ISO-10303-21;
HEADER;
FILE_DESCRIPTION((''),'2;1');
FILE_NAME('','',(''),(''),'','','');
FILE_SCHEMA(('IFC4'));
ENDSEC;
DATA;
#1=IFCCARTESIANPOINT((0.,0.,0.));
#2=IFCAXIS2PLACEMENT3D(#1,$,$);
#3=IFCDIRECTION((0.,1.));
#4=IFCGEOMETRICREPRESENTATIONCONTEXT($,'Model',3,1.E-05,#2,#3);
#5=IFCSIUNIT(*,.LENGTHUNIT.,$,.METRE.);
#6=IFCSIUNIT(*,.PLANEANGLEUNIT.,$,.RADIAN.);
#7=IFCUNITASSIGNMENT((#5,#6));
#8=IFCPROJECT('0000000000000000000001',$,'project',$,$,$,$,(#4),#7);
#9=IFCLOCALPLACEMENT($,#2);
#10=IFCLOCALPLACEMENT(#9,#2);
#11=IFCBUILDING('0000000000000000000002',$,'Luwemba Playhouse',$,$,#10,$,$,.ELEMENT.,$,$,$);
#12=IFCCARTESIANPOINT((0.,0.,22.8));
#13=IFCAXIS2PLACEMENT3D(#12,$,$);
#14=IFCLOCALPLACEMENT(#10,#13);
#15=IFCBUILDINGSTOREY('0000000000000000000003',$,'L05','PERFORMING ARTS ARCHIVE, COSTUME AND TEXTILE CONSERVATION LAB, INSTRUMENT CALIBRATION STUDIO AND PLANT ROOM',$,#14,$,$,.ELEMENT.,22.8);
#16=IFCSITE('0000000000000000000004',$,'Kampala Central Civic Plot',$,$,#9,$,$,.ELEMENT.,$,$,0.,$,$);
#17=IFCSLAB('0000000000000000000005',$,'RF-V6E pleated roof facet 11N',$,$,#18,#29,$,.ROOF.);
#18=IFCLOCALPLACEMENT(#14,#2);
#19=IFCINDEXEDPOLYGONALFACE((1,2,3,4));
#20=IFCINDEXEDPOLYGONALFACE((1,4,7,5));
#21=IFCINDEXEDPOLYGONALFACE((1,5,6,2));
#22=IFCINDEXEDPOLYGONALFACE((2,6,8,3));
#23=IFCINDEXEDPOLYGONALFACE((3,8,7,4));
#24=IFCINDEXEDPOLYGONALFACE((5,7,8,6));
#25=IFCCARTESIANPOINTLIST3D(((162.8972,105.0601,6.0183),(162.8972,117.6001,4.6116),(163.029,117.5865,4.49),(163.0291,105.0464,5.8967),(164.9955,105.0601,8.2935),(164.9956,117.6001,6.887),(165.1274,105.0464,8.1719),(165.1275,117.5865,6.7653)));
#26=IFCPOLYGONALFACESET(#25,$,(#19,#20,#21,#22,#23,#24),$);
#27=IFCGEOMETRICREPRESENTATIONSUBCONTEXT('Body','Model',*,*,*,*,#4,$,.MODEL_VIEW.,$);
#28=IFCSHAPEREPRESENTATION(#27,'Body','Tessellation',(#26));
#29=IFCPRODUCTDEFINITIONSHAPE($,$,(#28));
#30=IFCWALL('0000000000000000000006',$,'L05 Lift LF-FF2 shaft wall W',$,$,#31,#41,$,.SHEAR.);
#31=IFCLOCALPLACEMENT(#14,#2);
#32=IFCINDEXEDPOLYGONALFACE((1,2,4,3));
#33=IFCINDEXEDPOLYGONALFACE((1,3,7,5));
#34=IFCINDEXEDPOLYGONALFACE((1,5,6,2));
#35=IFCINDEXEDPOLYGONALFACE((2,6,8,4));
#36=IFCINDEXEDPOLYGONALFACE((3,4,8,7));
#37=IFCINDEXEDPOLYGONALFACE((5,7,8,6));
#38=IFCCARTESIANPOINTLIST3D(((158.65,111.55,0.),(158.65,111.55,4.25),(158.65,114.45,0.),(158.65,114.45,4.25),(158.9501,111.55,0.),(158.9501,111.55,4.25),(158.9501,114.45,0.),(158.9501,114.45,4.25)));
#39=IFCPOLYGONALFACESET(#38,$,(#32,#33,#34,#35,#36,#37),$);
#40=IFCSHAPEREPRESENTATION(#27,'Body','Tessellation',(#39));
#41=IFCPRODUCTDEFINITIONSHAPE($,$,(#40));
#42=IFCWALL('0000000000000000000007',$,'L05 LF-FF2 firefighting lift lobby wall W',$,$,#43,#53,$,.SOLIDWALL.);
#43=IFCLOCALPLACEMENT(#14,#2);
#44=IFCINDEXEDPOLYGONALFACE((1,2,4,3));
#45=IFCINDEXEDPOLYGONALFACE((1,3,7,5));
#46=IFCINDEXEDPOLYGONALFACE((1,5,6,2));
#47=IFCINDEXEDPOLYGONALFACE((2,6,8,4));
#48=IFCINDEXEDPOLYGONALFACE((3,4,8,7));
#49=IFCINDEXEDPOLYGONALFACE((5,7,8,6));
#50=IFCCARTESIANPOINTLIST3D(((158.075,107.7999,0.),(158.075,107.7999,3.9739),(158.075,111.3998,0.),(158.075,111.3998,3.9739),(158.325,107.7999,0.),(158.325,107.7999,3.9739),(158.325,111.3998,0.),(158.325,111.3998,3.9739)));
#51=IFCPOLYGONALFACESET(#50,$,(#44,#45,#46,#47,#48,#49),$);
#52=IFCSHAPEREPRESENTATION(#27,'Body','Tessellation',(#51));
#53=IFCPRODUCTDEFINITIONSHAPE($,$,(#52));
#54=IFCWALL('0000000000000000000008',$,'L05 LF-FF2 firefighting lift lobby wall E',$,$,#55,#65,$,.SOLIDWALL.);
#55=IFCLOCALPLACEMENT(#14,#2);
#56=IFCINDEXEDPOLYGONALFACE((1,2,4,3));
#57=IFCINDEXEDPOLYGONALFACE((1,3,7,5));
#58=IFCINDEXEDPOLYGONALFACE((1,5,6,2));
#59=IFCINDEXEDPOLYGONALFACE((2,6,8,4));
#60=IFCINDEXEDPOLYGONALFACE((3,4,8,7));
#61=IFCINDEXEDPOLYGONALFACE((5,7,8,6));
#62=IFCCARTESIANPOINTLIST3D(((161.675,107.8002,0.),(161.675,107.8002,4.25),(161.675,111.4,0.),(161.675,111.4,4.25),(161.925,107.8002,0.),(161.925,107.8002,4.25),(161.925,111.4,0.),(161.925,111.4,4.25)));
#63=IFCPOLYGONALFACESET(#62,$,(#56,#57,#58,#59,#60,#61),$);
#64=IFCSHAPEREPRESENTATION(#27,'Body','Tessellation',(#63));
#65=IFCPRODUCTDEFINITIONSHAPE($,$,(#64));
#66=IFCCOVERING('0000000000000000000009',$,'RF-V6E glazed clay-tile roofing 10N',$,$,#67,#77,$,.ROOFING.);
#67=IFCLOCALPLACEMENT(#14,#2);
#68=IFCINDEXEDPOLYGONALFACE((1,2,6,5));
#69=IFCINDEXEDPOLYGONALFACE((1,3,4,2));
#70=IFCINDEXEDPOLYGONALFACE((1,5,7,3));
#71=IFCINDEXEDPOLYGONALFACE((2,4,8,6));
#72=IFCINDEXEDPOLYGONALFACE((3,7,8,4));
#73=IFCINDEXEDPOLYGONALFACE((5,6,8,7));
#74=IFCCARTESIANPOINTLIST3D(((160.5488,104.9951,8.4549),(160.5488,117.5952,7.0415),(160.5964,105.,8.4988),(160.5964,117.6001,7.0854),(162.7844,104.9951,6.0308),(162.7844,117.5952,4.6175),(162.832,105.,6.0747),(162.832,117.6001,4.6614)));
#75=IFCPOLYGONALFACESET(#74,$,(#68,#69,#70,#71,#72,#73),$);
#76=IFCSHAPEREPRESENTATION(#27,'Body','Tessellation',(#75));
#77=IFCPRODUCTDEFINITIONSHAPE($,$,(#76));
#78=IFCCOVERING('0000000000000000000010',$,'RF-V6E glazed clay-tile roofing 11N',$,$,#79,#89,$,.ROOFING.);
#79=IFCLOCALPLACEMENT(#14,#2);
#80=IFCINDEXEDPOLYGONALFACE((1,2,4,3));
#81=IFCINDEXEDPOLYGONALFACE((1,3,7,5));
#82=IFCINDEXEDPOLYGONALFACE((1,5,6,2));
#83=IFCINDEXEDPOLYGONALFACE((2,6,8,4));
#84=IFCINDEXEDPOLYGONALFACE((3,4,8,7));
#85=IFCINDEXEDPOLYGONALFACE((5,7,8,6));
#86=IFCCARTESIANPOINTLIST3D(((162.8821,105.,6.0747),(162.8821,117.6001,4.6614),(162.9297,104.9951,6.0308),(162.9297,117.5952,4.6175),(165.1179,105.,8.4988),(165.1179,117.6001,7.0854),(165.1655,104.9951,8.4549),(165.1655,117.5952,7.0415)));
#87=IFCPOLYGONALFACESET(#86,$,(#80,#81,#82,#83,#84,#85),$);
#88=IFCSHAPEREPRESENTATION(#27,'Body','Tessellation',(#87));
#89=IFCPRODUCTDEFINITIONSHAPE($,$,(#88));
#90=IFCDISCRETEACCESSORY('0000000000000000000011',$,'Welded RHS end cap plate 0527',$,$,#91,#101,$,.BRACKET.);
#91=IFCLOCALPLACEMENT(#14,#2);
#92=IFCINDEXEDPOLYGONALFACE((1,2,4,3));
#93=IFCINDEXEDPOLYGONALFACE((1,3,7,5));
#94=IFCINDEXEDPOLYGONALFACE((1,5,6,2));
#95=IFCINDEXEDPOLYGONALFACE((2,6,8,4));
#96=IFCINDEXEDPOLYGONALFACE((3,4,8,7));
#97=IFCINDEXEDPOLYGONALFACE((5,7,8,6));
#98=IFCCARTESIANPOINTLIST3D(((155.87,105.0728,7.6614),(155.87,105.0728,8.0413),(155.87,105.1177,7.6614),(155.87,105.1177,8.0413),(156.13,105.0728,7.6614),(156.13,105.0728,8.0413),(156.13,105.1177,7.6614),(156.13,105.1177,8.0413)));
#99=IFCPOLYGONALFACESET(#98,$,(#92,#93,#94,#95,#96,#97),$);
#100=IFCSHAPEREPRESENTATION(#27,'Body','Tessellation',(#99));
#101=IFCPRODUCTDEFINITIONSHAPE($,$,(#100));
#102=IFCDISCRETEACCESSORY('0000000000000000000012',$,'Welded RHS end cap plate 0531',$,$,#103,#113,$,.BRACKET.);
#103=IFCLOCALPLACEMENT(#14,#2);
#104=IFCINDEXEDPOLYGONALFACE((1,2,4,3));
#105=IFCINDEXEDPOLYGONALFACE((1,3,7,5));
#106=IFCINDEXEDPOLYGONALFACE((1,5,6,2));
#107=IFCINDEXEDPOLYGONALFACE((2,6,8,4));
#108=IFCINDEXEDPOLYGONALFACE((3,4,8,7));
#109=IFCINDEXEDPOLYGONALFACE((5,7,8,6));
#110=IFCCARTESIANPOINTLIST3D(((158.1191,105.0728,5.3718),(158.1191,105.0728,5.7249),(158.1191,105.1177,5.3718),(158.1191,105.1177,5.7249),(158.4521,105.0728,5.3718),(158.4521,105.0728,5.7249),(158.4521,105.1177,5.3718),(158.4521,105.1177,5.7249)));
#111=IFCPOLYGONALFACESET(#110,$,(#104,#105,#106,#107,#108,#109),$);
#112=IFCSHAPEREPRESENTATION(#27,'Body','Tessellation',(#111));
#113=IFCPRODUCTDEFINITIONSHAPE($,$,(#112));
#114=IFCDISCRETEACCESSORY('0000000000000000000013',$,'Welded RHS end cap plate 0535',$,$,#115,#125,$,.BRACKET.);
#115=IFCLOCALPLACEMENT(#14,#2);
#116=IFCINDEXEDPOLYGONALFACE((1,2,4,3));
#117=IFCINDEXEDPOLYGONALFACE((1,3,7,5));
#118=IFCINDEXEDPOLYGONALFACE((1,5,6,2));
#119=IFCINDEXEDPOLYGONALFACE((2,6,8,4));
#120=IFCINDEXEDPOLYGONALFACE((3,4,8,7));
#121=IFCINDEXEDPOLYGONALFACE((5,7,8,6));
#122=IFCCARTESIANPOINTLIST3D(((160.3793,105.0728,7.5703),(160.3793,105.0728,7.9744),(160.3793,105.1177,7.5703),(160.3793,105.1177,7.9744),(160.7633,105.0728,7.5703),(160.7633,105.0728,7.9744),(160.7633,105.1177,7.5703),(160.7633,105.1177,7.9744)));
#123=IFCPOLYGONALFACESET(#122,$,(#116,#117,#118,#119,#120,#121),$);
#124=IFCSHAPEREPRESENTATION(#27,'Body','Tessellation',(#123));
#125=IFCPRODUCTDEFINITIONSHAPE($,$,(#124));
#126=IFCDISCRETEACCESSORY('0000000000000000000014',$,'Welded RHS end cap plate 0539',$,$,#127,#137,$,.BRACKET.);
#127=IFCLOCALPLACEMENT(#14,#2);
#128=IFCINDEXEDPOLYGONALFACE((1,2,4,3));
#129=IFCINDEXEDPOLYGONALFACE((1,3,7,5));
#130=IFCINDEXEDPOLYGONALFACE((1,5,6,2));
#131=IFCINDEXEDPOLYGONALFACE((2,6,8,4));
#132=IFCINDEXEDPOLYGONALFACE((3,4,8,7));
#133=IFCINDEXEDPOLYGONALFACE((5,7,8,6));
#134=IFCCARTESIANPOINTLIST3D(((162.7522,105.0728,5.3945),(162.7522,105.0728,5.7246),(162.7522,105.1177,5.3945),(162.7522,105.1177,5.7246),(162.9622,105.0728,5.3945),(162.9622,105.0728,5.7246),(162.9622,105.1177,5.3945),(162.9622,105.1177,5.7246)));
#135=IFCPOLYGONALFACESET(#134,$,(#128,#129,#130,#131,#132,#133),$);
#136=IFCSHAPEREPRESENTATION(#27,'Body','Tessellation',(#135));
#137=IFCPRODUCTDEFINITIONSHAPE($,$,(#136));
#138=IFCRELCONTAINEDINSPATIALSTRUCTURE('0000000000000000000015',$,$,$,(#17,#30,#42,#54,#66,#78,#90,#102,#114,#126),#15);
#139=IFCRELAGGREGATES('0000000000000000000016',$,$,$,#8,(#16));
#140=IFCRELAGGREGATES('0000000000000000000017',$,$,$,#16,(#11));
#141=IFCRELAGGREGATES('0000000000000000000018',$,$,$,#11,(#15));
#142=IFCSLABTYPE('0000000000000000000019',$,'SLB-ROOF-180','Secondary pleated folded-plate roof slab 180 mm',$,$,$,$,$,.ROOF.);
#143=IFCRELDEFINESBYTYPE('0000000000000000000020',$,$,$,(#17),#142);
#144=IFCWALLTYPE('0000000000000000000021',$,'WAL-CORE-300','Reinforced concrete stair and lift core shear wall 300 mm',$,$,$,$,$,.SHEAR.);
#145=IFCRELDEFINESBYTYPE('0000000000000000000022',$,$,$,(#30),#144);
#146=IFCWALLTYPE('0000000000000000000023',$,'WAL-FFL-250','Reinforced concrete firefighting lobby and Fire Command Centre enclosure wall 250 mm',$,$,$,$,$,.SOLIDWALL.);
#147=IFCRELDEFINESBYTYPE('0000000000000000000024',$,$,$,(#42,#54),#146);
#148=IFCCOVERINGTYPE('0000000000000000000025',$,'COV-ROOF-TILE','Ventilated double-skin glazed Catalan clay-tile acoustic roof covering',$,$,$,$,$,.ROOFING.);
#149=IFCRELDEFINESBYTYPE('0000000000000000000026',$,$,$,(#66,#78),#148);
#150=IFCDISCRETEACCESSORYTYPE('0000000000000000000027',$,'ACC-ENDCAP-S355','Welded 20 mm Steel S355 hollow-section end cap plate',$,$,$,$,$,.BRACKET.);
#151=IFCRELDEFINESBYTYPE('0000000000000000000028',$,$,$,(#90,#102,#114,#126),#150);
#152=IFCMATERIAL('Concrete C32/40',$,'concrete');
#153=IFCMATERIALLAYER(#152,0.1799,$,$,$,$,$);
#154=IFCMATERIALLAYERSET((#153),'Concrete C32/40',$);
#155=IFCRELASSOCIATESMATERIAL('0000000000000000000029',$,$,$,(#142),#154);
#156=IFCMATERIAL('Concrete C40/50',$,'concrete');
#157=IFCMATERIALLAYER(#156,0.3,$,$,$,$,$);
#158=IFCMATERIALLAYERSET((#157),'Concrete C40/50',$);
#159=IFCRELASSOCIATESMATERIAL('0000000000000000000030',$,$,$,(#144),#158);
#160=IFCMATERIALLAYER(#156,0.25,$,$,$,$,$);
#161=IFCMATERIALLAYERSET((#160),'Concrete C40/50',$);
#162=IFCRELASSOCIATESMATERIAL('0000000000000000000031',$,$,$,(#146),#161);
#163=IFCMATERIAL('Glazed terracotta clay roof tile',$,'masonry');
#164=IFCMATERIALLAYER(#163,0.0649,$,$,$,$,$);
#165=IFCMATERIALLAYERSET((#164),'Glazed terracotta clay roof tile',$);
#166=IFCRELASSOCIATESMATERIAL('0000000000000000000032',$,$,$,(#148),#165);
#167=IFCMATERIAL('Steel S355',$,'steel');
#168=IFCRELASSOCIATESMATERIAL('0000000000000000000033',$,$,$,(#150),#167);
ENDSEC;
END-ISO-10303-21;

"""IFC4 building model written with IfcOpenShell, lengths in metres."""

from ifc_helpers import new_model, si_unit, direction, frame, frame_2d, origin, origin_2d, place, context, subcontext, project, spatial, polyline, rectangle, outline, extrude, material, layer, layer_set, type_object, element, save


model = new_model("IFC4")

# Units and contexts
model_context = context("Model", 3, precision=1e-05, world=origin(), true_north=direction((0.0, 1.0)))
body_context = subcontext(model_context, "Body", "Model", "MODEL_VIEW")
ifc_project = project(units=[si_unit("LENGTHUNIT", "METRE"), si_unit("PLANEANGLEUNIT", "RADIAN")], contexts=[model_context])

# Site, building, storey
site_placement = place(None, origin())
site = spatial("IfcSite", under=ifc_project, at=site_placement, Name="Kampala Central Civic Plot", CompositionType="ELEMENT", RefElevation=0.0)
building_placement = place(site_placement, origin())
building = spatial("IfcBuilding", under=site, at=building_placement, Name="Luwemba Playhouse", CompositionType="ELEMENT")
storey_placement = place(building_placement, frame((0.0, 0.0, 22.8)))
storey = spatial("IfcBuildingStorey", under=building, at=storey_placement, Name="L05", Description="PERFORMING ARTS ARCHIVE, COSTUME AND TEXTILE CONSERVATION LAB, INSTRUMENT CALIBRATION STUDIO AND PLANT ROOM", CompositionType="ELEMENT", Elevation=22.8)

# Shared definitions
ifc_material_1 = material(Name="Concrete C40/50", Category="concrete")

# Shared definitions
ifc_material_2 = material(Name="Steel S355", Category="steel")

# Slab
ifc_material_3 = material(Name="Concrete C32/40", Category="concrete")
ifc_layer_1 = layer(ifc_material_3, 0.1799)
ifc_layer_set_1 = layer_set([ifc_layer_1], Name="Concrete C32/40")
slab_type = type_object("IfcSlabType", Name="SLB-ROOF-180", Description="Secondary pleated folded-plate roof slab 180 mm", PredefinedType="ROOF", material=ifc_layer_set_1)
slab_1_placement = place(storey_placement, frame((162.8972, 105.0601, 6.0183), z_axis=(-0.732986, 0.075827, 0.676004), x_axis=(0.677956, 0.000002, 0.735103)))
element("IfcSlab", 1, at=slab_1_placement, inside=storey, type_object=slab_type, Name="RF-V6E pleated roof facet 11N", PredefinedType="ROOF", context=body_context, shape_type="SweptSolid", body=[
    extrude(outline(polyline([(0.0, 0.0), (3.0951, 0.0), (2.0612, 12.5762), (-1.0341, 12.5763), (0.0, 0.0)])), origin(), (0.0, 0.0, -1.0), 0.1799),
])

# Shared definitions
ifc_layer_2 = layer(ifc_material_1, 0.3)
ifc_layer_set_2 = layer_set([ifc_layer_2], Name="Concrete C40/50")
wall_type_1 = type_object("IfcWallType", Name="WAL-CORE-300", Description="Reinforced concrete stair and lift core shear wall 300 mm", PredefinedType="SHEAR", material=ifc_layer_set_2)

# Wall
wall_1_placement = place(storey_placement, frame((158.8, 111.55, 0.0), z_axis=(0.0, 0.0, 1.0), x_axis=(0.0, 1.0, 0.0)))
element("IfcWall", 2, at=wall_1_placement, inside=storey, type_object=wall_type_1, Name="L05 Lift LF-FF2 shaft wall W", PredefinedType="SHEAR", context=body_context, shape_type="SweptSolid", body=[
    extrude(rectangle(XDim=2.8999, YDim=0.3, at=frame_2d((1.45, 0.0))), origin(), (0.0, 0.0, 1.0), 4.25),
])

# Shared definitions
ifc_layer_3 = layer(ifc_material_1, 0.25)
ifc_layer_set_3 = layer_set([ifc_layer_3], Name="Concrete C40/50")
wall_type_2 = type_object("IfcWallType", Name="WAL-FFL-250", Description="Reinforced concrete firefighting lobby and Fire Command Centre enclosure wall 250 mm", PredefinedType="SOLIDWALL", material=ifc_layer_set_3)

# Walls
wall_2_placement = place(storey_placement, frame((158.2, 107.8, 0.0), z_axis=(0.0, 0.0, 1.0), x_axis=(0.0, 1.0, 0.0)))
element("IfcWall", 3, at=wall_2_placement, inside=storey, type_object=wall_type_2, Name="L05 LF-FF2 firefighting lift lobby wall W", PredefinedType="SOLIDWALL", context=body_context, shape_type="SweptSolid", body=[
    extrude(rectangle(XDim=3.5999, YDim=0.25, at=frame_2d((1.7998, 0.0))), origin(), (0.0, 0.0, 1.0), 3.9739),
])
wall_3_placement = place(storey_placement, frame((161.8, 111.3999, 0.0), z_axis=(0.0, 0.0, 1.0), x_axis=(0.0, -1.0, 0.0)))
element("IfcWall", 4, at=wall_3_placement, inside=storey, type_object=wall_type_2, Name="L05 LF-FF2 firefighting lift lobby wall E", PredefinedType="SOLIDWALL", context=body_context, shape_type="SweptSolid", body=[
    extrude(rectangle(XDim=3.5999, YDim=0.25, at=frame_2d((1.7998, 0.0))), origin(), (0.0, 0.0, 1.0), 4.25),
])

# Coverings
ifc_material_4 = material(Name="Glazed terracotta clay roof tile", Category="masonry")
ifc_layer_4 = layer(ifc_material_4, 0.0649)
ifc_layer_set_4 = layer_set([ifc_layer_4], Name="Glazed terracotta clay roof tile")
covering_type = type_object("IfcCoveringType", Name="COV-ROOF-TILE", Description="Ventilated double-skin glazed Catalan clay-tile acoustic roof covering", PredefinedType="ROOFING", material=ifc_layer_set_4)
covering_1_placement = place(storey_placement, frame((160.5964, 105.0, 8.4988), z_axis=(0.732991, 0.075826, 0.675999), x_axis=(0.677951, 0.0, -0.735107)))
element("IfcCovering", 5, at=covering_1_placement, inside=storey, type_object=covering_type, Name="RF-V6E glazed clay-tile roofing 10N", PredefinedType="ROOFING", context=body_context, shape_type="SweptSolid", body=[
    extrude(outline(polyline([(0.0, 0.0), (3.2976, 0.0), (4.3365, 12.6365), (1.0389, 12.6365), (0.0, 0.0)])), origin(), (0.0, 0.0, -1.0), 0.0649),
])
covering_2_placement = place(storey_placement, frame((162.8821, 105.0, 6.0747), z_axis=(-0.732954, 0.07583, 0.676039), x_axis=(0.677991, 0.0, 0.73507)))
element("IfcCovering", 6, at=covering_2_placement, inside=storey, type_object=covering_type, Name="RF-V6E glazed clay-tile roofing 11N", PredefinedType="ROOFING", context=body_context, shape_type="SweptSolid", body=[
    extrude(outline(polyline([(0.0, 0.0), (3.2977, 0.0), (2.2588, 12.6365), (-1.0389, 12.6365), (0.0, 0.0)])), origin(), (0.0, 0.0, -1.0), 0.0649),
])

# Discrete accessories
discrete_accessory_type = type_object("IfcDiscreteAccessoryType", Name="ACC-ENDCAP-S355", Description="Welded 20 mm Steel S355 hollow-section end cap plate", PredefinedType="BRACKET", material=ifc_material_2)
discrete_accessory_1_placement = place(storey_placement, frame((156.0, 105.0952, 7.6614), z_axis=(0.0, 0.0, 1.0), x_axis=(1.0, 0.0, 0.0)))
element("IfcDiscreteAccessory", 7, at=discrete_accessory_1_placement, inside=storey, type_object=discrete_accessory_type, Name="Welded RHS end cap plate 0527", PredefinedType="BRACKET", context=body_context, shape_type="SweptSolid", body=[
    extrude(rectangle(XDim=0.26, YDim=0.0449, at=origin_2d()), origin(), (0.0, 0.0, 1.0), 0.3799),
])
discrete_accessory_2_placement = place(storey_placement, frame((158.2856, 105.0952, 5.3718), z_axis=(0.0, 0.0, 1.0), x_axis=(1.0, 0.0, 0.0)))
element("IfcDiscreteAccessory", 8, at=discrete_accessory_2_placement, inside=storey, type_object=discrete_accessory_type, Name="Welded RHS end cap plate 0531", PredefinedType="BRACKET", context=body_context, shape_type="SweptSolid", body=[
    extrude(rectangle(XDim=0.333, YDim=0.0449, at=origin_2d()), origin(), (0.0, 0.0, 1.0), 0.353),
])
discrete_accessory_3_placement = place(storey_placement, frame((160.5713, 105.0952, 7.5703), z_axis=(0.0, 0.0, 1.0), x_axis=(1.0, 0.0, 0.0)))
element("IfcDiscreteAccessory", 9, at=discrete_accessory_3_placement, inside=storey, type_object=discrete_accessory_type, Name="Welded RHS end cap plate 0535", PredefinedType="BRACKET", context=body_context, shape_type="SweptSolid", body=[
    extrude(rectangle(XDim=0.384, YDim=0.0449, at=origin_2d()), origin(), (0.0, 0.0, 1.0), 0.4041),
])
discrete_accessory_4_placement = place(storey_placement, frame((162.8572, 105.0952, 5.3945), z_axis=(0.0, 0.0, 1.0), x_axis=(1.0, 0.0, 0.0)))
element("IfcDiscreteAccessory", 10, at=discrete_accessory_4_placement, inside=storey, type_object=discrete_accessory_type, Name="Welded RHS end cap plate 0539", PredefinedType="BRACKET", context=body_context, shape_type="SweptSolid", body=[
    extrude(rectangle(XDim=0.21, YDim=0.0449, at=origin_2d()), origin(), (0.0, 0.0, 1.0), 0.3301),
])

save(model, "model.ifc")
